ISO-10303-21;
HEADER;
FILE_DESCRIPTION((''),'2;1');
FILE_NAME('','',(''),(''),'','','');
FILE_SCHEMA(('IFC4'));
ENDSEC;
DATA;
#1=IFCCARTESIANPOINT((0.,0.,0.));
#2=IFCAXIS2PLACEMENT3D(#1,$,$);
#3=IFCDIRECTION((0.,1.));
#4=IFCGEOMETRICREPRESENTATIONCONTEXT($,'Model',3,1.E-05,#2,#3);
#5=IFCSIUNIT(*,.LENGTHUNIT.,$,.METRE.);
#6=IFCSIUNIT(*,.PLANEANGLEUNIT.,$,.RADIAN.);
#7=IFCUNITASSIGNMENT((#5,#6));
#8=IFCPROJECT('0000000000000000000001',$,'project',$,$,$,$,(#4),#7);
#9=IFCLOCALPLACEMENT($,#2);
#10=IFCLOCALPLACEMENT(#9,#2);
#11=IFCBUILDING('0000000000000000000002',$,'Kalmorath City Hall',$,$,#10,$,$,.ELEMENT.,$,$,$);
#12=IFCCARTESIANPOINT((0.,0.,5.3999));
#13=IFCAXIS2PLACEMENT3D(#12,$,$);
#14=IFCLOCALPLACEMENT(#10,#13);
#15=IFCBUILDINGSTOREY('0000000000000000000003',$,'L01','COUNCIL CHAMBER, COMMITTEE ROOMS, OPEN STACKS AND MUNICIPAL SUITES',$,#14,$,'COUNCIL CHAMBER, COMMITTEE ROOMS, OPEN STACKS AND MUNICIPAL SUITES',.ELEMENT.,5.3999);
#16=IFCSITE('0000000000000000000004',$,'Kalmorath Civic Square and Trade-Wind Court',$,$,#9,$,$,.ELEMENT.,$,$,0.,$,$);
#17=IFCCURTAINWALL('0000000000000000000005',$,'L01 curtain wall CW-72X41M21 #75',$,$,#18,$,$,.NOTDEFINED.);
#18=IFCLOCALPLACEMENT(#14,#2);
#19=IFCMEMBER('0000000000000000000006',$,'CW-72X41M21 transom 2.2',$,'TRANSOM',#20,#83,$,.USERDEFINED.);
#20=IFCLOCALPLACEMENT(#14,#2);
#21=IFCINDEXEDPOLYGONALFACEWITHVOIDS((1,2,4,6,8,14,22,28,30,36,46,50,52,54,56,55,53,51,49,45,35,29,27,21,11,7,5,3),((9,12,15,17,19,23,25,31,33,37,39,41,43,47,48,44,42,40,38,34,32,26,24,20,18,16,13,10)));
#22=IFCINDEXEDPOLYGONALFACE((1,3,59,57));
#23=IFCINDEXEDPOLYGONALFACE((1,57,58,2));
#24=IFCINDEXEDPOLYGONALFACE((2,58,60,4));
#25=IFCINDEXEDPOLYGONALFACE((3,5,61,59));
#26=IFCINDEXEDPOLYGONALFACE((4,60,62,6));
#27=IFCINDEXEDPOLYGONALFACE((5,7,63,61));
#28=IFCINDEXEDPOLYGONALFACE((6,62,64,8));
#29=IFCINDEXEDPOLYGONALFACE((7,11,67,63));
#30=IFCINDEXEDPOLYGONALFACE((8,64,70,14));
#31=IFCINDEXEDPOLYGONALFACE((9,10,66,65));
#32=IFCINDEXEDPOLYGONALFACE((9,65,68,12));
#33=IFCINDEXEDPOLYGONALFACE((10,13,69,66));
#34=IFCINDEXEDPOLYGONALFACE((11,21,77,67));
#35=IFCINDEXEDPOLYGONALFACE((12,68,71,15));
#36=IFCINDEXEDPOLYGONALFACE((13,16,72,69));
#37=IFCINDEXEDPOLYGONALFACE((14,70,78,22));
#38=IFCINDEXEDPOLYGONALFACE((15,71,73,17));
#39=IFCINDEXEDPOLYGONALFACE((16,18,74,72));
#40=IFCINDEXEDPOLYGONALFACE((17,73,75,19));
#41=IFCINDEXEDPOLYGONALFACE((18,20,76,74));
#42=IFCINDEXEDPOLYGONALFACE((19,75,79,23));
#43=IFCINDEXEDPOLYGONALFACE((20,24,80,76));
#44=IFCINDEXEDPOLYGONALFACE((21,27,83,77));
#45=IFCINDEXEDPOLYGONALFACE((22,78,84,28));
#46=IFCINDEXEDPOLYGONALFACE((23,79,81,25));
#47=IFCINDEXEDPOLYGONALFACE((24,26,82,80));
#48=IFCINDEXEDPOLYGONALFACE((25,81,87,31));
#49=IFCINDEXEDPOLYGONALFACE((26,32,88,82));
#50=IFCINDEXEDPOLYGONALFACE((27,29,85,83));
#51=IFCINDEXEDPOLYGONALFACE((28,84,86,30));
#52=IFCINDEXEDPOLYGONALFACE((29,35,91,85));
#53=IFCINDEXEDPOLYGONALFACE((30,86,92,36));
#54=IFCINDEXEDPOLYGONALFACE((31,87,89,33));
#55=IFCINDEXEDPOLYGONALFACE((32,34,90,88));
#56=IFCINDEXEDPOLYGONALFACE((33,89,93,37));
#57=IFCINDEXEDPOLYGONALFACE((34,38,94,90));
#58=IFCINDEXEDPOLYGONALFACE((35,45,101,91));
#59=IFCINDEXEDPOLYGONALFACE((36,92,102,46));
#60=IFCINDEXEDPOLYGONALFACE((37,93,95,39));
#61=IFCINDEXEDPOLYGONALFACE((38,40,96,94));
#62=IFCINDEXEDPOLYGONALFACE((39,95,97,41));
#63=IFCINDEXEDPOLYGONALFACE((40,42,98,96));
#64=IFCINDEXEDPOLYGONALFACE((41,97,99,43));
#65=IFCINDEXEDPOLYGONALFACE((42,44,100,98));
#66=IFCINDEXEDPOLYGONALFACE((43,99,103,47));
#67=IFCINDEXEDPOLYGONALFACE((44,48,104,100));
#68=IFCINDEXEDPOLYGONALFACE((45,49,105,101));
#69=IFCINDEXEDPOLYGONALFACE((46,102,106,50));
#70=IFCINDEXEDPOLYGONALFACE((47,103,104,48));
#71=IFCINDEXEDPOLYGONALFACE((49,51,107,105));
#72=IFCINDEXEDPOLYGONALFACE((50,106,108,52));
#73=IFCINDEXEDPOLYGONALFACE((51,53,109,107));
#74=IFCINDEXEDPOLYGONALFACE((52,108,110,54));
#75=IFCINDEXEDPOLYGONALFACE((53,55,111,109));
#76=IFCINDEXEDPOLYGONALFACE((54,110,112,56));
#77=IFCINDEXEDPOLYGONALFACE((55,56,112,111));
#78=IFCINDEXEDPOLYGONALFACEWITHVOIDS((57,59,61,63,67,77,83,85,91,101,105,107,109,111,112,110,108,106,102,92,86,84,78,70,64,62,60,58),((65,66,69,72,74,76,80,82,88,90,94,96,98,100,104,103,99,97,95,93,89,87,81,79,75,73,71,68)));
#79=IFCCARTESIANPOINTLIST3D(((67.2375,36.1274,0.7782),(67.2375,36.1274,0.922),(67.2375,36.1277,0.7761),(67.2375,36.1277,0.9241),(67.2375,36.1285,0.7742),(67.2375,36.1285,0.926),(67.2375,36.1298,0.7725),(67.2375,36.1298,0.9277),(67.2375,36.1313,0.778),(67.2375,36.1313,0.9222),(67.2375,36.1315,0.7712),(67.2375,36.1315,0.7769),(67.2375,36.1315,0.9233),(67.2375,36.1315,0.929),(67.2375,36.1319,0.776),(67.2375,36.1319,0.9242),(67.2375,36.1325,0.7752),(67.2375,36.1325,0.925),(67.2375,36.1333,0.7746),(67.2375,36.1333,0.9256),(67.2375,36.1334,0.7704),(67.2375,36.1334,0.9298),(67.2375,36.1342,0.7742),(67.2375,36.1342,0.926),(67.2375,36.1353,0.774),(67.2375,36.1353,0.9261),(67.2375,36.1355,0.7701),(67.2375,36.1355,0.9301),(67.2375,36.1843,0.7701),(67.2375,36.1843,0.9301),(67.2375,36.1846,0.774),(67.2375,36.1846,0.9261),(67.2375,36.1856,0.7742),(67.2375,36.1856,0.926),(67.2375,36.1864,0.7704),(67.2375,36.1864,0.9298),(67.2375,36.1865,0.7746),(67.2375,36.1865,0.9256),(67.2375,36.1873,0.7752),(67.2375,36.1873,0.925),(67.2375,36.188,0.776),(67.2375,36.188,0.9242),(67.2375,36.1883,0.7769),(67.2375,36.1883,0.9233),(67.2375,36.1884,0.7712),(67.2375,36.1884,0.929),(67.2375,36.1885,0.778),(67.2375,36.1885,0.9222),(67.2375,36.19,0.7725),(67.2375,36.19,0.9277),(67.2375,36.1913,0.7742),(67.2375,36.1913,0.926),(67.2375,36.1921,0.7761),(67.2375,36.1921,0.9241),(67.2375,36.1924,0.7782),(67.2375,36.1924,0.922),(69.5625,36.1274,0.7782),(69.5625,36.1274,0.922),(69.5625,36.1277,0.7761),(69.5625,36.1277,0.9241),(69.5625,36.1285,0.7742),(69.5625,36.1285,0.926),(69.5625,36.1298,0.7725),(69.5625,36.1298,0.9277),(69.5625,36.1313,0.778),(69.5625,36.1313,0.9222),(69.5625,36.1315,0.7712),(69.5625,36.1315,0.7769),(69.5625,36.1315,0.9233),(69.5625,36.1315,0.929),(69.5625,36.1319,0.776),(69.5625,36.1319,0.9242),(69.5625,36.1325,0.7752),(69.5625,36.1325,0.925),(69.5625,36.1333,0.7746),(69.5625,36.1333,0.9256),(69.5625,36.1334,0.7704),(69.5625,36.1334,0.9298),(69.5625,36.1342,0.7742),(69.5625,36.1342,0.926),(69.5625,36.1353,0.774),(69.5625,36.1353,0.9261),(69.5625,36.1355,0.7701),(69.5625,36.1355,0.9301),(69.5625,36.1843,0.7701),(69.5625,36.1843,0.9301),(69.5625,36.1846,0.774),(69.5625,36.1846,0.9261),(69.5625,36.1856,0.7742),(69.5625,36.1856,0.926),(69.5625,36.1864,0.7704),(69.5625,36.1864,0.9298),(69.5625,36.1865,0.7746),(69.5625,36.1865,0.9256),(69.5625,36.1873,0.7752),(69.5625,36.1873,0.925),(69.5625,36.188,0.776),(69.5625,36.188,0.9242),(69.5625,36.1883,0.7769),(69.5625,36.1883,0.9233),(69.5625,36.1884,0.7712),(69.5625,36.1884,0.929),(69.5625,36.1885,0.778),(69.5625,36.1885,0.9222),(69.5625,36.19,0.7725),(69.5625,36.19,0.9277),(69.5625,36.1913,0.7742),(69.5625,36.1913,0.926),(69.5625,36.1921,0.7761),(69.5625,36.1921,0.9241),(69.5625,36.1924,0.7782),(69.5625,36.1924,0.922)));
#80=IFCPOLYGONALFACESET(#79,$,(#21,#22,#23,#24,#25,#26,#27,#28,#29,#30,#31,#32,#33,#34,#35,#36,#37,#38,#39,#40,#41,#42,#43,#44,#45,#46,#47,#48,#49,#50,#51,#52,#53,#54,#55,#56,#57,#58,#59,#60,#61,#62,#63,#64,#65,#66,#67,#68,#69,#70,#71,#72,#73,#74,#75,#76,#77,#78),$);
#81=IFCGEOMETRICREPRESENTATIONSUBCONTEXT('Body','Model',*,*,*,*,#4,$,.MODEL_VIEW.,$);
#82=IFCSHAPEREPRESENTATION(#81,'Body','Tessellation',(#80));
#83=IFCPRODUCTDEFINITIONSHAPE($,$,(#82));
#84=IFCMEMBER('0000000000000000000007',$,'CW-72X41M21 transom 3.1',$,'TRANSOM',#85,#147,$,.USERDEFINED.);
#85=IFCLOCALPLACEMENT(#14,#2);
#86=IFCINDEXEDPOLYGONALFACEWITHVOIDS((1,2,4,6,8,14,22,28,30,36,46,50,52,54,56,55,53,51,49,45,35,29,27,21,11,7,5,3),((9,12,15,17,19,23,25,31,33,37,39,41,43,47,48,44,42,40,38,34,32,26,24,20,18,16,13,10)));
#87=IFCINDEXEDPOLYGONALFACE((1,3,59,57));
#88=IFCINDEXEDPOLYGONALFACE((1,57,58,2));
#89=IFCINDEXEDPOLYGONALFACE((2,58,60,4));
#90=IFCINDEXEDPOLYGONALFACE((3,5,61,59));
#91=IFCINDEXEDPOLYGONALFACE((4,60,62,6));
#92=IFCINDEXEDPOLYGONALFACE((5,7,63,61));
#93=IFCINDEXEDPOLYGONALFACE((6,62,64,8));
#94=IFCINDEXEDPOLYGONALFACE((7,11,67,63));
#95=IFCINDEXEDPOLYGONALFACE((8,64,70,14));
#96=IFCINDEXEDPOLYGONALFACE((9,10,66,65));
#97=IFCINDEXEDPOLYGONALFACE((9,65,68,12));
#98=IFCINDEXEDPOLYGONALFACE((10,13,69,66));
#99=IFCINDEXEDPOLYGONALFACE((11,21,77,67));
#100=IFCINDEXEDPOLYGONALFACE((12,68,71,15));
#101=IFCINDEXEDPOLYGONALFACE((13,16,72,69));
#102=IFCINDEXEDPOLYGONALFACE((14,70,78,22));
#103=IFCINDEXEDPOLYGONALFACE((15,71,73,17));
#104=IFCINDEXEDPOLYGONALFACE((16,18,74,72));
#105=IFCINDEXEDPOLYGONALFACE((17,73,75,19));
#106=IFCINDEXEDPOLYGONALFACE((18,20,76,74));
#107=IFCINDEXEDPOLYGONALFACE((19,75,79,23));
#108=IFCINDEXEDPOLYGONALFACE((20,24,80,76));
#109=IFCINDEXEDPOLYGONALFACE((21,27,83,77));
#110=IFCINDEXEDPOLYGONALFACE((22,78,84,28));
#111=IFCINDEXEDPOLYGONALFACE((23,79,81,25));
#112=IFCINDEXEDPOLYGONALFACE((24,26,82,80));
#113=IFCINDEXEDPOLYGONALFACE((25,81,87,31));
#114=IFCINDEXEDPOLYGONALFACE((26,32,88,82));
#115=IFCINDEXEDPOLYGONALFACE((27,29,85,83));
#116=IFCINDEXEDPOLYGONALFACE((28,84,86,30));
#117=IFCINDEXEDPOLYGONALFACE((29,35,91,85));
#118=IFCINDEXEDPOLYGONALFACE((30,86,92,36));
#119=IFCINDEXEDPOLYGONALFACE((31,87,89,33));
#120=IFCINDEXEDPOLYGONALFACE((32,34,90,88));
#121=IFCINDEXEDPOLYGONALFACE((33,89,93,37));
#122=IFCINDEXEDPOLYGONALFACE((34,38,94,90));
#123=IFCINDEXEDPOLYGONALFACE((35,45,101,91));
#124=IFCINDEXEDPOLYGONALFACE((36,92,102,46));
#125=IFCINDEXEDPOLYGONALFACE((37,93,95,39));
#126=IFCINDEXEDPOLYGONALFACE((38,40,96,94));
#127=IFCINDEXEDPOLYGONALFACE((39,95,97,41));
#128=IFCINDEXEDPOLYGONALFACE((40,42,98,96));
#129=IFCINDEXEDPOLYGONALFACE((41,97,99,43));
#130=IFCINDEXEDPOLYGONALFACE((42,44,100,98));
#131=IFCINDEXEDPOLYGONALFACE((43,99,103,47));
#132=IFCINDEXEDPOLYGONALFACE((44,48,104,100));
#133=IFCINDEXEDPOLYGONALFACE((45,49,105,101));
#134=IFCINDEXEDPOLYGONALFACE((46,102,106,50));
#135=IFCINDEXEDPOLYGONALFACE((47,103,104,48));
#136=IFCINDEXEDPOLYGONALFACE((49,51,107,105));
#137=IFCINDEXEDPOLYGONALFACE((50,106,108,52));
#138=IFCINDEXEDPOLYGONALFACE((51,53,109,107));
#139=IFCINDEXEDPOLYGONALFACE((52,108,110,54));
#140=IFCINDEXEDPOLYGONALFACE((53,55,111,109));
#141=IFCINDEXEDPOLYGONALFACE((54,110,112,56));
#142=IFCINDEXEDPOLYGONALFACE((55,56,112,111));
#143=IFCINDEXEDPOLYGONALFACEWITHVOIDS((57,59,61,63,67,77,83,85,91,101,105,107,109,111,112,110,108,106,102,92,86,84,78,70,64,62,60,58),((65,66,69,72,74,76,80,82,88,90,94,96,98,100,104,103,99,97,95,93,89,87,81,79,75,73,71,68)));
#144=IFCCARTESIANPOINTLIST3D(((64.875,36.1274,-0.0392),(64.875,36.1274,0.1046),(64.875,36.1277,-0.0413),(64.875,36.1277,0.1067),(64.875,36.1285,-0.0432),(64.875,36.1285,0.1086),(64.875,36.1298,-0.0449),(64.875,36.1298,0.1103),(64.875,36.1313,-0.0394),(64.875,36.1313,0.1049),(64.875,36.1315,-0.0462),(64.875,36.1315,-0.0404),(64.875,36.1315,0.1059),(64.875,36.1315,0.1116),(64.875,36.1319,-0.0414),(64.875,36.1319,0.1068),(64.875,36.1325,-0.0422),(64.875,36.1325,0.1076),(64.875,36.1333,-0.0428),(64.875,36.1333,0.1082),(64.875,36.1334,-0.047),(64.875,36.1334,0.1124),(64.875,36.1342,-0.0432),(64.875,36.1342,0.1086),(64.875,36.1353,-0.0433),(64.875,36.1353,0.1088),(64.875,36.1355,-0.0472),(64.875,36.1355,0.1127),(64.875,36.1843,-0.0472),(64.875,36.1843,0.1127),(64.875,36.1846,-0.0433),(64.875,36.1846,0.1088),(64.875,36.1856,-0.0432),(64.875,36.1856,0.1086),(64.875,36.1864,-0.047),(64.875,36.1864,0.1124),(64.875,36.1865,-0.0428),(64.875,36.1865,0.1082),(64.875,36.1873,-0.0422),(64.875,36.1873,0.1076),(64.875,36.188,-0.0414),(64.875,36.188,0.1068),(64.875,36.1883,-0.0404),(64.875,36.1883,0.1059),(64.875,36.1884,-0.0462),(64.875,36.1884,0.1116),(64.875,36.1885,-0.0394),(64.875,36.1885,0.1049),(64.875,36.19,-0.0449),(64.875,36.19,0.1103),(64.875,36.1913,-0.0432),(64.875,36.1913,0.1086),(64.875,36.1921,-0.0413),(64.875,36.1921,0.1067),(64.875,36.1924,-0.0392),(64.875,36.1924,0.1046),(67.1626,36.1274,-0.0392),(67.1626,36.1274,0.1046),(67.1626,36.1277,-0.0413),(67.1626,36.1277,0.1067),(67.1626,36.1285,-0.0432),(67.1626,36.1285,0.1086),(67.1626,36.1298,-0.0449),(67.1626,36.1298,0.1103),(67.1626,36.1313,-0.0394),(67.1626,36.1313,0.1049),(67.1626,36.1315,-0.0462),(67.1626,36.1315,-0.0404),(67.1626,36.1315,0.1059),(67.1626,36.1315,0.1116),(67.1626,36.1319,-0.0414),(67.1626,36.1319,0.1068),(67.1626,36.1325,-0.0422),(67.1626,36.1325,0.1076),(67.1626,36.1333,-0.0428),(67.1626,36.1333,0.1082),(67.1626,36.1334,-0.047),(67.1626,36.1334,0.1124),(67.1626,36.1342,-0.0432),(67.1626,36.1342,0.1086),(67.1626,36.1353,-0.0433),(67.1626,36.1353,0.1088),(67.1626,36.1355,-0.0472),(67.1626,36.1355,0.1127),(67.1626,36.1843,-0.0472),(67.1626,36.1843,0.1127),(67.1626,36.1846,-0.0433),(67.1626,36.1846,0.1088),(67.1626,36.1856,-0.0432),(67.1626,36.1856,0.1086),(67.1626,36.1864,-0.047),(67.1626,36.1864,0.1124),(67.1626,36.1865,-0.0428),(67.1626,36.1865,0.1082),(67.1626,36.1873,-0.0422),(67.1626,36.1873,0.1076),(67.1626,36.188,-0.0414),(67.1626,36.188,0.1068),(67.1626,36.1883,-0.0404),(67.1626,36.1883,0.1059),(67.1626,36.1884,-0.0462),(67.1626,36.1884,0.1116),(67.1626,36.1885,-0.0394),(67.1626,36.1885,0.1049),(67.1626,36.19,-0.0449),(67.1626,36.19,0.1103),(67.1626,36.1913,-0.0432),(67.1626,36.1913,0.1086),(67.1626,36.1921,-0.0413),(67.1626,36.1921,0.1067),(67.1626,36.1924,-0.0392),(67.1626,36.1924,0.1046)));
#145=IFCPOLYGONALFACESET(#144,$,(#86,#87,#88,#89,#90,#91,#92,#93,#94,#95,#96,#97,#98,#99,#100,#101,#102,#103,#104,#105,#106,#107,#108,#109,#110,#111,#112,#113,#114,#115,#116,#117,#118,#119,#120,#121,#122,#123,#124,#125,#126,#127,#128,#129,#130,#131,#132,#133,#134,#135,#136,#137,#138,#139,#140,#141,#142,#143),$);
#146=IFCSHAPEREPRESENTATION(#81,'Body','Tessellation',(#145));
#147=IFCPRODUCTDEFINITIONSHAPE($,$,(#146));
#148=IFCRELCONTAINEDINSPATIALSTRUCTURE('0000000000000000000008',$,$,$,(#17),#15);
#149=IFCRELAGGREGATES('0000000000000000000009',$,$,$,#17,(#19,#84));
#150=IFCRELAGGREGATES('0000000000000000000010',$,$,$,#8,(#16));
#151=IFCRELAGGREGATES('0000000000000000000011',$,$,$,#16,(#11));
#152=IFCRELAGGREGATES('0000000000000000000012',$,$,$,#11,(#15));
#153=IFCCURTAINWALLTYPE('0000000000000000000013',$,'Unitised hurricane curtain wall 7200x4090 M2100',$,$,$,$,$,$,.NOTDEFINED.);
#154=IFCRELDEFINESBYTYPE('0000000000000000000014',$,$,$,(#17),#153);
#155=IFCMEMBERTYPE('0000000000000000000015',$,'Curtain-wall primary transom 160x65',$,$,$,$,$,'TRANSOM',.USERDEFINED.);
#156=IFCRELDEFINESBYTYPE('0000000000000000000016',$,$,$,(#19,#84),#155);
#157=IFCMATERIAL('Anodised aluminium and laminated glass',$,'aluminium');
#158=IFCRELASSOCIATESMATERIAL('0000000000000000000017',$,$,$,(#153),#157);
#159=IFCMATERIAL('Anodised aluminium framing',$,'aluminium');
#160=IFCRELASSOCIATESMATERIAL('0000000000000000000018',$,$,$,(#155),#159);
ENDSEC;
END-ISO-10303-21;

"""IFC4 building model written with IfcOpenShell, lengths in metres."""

from ifc_helpers import new_model, si_unit, direction, frame, origin, origin_2d, place, context, subcontext, project, spatial, hollow_rectangle, extrude, material, material_profile, profile_set, type_object, element, aggregate, save


model = new_model("IFC4")

# Units and contexts
model_context = context("Model", 3, precision=1e-05, world=origin(), true_north=direction((0.0, 1.0)))
body_context = subcontext(model_context, "Body", "Model", "MODEL_VIEW")
ifc_project = project(units=[si_unit("LENGTHUNIT", "METRE"), si_unit("PLANEANGLEUNIT", "RADIAN")], contexts=[model_context])

# Site, building, storey
site_placement = place(None, origin())
site = spatial("IfcSite", under=ifc_project, at=site_placement, Name="Kalmorath Civic Square and Trade-Wind Court", CompositionType="ELEMENT", RefElevation=0.0)
building_placement = place(site_placement, origin())
building = spatial("IfcBuilding", under=site, at=building_placement, Name="Kalmorath City Hall", CompositionType="ELEMENT")
storey_placement = place(building_placement, frame((0.0, 0.0, 5.3999)))
storey = spatial("IfcBuildingStorey", under=building, at=storey_placement, Name="L01", Description="COUNCIL CHAMBER, COMMITTEE ROOMS, OPEN STACKS AND MUNICIPAL SUITES", LongName="COUNCIL CHAMBER, COMMITTEE ROOMS, OPEN STACKS AND MUNICIPAL SUITES", CompositionType="ELEMENT", Elevation=5.3999)

# Curtain wall
ifc_material_1 = material(Name="Anodised aluminium and laminated glass", Category="aluminium")
curtain_wall_type_1 = type_object("IfcCurtainWallType", Name="Unitised hurricane curtain wall 7200x4090 M2100", PredefinedType="NOTDEFINED", material=ifc_material_1)
curtain_wall_1_placement = place(storey_placement, origin())
curtain_wall_1 = element("IfcCurtainWall", 1, at=curtain_wall_1_placement, inside=storey, type_object=curtain_wall_type_1, Name="L01 curtain wall CW-72X41M21 #75", PredefinedType="NOTDEFINED")

# Members
ifc_material_2 = material(Name="Anodised aluminium framing", Category="aluminium")
ifc_material_profile_1 = material_profile(ifc_material_2, hollow_rectangle(XDim=0.0649, YDim=0.1599, WallThickness=0.0039, InnerFilletRadius=0.0039, OuterFilletRadius=0.0081, at=origin_2d()), Name="ALU-TRN-160X65X4")
ifc_profile_set_1 = profile_set([ifc_material_profile_1], Name="Anodised aluminium framing")
member_type_1 = type_object("IfcMemberType", Name="Curtain-wall primary transom 160x65", ElementType="TRANSOM", PredefinedType="USERDEFINED", material=ifc_profile_set_1)
member_1_placement = place(storey_placement, frame((69.5625, 36.1599, 0.8501), z_axis=(-1.0, 0.0, 0.0), x_axis=(0.0, -1.0, 0.0)))
member_1 = element("IfcMember", 2, at=member_1_placement, type_object=member_type_1, Name="CW-72X41M21 transom 2.2", ObjectType="TRANSOM", PredefinedType="USERDEFINED", context=body_context, shape_type="SweptSolid", body=[
    extrude(hollow_rectangle(XDim=0.0649, YDim=0.1599, WallThickness=0.0039, InnerFilletRadius=0.0039, OuterFilletRadius=0.0081, at=origin_2d()), origin(), (0.0, 0.0, 1.0), 2.325),
])
member_2_placement = place(storey_placement, frame((67.1626, 36.1599, 0.0327), z_axis=(-1.0, 0.0, 0.0), x_axis=(0.0, -1.0, 0.0)))
member_2 = element("IfcMember", 3, at=member_2_placement, type_object=member_type_1, Name="CW-72X41M21 transom 3.1", ObjectType="TRANSOM", PredefinedType="USERDEFINED", context=body_context, shape_type="SweptSolid", body=[
    extrude(hollow_rectangle(XDim=0.0649, YDim=0.1599, WallThickness=0.0039, InnerFilletRadius=0.0039, OuterFilletRadius=0.0081, at=origin_2d()), origin(), (0.0, 0.0, 1.0), 2.2876),
])

aggregate(curtain_wall_1, [member_1, member_2])

save(model, "model.ifc")
